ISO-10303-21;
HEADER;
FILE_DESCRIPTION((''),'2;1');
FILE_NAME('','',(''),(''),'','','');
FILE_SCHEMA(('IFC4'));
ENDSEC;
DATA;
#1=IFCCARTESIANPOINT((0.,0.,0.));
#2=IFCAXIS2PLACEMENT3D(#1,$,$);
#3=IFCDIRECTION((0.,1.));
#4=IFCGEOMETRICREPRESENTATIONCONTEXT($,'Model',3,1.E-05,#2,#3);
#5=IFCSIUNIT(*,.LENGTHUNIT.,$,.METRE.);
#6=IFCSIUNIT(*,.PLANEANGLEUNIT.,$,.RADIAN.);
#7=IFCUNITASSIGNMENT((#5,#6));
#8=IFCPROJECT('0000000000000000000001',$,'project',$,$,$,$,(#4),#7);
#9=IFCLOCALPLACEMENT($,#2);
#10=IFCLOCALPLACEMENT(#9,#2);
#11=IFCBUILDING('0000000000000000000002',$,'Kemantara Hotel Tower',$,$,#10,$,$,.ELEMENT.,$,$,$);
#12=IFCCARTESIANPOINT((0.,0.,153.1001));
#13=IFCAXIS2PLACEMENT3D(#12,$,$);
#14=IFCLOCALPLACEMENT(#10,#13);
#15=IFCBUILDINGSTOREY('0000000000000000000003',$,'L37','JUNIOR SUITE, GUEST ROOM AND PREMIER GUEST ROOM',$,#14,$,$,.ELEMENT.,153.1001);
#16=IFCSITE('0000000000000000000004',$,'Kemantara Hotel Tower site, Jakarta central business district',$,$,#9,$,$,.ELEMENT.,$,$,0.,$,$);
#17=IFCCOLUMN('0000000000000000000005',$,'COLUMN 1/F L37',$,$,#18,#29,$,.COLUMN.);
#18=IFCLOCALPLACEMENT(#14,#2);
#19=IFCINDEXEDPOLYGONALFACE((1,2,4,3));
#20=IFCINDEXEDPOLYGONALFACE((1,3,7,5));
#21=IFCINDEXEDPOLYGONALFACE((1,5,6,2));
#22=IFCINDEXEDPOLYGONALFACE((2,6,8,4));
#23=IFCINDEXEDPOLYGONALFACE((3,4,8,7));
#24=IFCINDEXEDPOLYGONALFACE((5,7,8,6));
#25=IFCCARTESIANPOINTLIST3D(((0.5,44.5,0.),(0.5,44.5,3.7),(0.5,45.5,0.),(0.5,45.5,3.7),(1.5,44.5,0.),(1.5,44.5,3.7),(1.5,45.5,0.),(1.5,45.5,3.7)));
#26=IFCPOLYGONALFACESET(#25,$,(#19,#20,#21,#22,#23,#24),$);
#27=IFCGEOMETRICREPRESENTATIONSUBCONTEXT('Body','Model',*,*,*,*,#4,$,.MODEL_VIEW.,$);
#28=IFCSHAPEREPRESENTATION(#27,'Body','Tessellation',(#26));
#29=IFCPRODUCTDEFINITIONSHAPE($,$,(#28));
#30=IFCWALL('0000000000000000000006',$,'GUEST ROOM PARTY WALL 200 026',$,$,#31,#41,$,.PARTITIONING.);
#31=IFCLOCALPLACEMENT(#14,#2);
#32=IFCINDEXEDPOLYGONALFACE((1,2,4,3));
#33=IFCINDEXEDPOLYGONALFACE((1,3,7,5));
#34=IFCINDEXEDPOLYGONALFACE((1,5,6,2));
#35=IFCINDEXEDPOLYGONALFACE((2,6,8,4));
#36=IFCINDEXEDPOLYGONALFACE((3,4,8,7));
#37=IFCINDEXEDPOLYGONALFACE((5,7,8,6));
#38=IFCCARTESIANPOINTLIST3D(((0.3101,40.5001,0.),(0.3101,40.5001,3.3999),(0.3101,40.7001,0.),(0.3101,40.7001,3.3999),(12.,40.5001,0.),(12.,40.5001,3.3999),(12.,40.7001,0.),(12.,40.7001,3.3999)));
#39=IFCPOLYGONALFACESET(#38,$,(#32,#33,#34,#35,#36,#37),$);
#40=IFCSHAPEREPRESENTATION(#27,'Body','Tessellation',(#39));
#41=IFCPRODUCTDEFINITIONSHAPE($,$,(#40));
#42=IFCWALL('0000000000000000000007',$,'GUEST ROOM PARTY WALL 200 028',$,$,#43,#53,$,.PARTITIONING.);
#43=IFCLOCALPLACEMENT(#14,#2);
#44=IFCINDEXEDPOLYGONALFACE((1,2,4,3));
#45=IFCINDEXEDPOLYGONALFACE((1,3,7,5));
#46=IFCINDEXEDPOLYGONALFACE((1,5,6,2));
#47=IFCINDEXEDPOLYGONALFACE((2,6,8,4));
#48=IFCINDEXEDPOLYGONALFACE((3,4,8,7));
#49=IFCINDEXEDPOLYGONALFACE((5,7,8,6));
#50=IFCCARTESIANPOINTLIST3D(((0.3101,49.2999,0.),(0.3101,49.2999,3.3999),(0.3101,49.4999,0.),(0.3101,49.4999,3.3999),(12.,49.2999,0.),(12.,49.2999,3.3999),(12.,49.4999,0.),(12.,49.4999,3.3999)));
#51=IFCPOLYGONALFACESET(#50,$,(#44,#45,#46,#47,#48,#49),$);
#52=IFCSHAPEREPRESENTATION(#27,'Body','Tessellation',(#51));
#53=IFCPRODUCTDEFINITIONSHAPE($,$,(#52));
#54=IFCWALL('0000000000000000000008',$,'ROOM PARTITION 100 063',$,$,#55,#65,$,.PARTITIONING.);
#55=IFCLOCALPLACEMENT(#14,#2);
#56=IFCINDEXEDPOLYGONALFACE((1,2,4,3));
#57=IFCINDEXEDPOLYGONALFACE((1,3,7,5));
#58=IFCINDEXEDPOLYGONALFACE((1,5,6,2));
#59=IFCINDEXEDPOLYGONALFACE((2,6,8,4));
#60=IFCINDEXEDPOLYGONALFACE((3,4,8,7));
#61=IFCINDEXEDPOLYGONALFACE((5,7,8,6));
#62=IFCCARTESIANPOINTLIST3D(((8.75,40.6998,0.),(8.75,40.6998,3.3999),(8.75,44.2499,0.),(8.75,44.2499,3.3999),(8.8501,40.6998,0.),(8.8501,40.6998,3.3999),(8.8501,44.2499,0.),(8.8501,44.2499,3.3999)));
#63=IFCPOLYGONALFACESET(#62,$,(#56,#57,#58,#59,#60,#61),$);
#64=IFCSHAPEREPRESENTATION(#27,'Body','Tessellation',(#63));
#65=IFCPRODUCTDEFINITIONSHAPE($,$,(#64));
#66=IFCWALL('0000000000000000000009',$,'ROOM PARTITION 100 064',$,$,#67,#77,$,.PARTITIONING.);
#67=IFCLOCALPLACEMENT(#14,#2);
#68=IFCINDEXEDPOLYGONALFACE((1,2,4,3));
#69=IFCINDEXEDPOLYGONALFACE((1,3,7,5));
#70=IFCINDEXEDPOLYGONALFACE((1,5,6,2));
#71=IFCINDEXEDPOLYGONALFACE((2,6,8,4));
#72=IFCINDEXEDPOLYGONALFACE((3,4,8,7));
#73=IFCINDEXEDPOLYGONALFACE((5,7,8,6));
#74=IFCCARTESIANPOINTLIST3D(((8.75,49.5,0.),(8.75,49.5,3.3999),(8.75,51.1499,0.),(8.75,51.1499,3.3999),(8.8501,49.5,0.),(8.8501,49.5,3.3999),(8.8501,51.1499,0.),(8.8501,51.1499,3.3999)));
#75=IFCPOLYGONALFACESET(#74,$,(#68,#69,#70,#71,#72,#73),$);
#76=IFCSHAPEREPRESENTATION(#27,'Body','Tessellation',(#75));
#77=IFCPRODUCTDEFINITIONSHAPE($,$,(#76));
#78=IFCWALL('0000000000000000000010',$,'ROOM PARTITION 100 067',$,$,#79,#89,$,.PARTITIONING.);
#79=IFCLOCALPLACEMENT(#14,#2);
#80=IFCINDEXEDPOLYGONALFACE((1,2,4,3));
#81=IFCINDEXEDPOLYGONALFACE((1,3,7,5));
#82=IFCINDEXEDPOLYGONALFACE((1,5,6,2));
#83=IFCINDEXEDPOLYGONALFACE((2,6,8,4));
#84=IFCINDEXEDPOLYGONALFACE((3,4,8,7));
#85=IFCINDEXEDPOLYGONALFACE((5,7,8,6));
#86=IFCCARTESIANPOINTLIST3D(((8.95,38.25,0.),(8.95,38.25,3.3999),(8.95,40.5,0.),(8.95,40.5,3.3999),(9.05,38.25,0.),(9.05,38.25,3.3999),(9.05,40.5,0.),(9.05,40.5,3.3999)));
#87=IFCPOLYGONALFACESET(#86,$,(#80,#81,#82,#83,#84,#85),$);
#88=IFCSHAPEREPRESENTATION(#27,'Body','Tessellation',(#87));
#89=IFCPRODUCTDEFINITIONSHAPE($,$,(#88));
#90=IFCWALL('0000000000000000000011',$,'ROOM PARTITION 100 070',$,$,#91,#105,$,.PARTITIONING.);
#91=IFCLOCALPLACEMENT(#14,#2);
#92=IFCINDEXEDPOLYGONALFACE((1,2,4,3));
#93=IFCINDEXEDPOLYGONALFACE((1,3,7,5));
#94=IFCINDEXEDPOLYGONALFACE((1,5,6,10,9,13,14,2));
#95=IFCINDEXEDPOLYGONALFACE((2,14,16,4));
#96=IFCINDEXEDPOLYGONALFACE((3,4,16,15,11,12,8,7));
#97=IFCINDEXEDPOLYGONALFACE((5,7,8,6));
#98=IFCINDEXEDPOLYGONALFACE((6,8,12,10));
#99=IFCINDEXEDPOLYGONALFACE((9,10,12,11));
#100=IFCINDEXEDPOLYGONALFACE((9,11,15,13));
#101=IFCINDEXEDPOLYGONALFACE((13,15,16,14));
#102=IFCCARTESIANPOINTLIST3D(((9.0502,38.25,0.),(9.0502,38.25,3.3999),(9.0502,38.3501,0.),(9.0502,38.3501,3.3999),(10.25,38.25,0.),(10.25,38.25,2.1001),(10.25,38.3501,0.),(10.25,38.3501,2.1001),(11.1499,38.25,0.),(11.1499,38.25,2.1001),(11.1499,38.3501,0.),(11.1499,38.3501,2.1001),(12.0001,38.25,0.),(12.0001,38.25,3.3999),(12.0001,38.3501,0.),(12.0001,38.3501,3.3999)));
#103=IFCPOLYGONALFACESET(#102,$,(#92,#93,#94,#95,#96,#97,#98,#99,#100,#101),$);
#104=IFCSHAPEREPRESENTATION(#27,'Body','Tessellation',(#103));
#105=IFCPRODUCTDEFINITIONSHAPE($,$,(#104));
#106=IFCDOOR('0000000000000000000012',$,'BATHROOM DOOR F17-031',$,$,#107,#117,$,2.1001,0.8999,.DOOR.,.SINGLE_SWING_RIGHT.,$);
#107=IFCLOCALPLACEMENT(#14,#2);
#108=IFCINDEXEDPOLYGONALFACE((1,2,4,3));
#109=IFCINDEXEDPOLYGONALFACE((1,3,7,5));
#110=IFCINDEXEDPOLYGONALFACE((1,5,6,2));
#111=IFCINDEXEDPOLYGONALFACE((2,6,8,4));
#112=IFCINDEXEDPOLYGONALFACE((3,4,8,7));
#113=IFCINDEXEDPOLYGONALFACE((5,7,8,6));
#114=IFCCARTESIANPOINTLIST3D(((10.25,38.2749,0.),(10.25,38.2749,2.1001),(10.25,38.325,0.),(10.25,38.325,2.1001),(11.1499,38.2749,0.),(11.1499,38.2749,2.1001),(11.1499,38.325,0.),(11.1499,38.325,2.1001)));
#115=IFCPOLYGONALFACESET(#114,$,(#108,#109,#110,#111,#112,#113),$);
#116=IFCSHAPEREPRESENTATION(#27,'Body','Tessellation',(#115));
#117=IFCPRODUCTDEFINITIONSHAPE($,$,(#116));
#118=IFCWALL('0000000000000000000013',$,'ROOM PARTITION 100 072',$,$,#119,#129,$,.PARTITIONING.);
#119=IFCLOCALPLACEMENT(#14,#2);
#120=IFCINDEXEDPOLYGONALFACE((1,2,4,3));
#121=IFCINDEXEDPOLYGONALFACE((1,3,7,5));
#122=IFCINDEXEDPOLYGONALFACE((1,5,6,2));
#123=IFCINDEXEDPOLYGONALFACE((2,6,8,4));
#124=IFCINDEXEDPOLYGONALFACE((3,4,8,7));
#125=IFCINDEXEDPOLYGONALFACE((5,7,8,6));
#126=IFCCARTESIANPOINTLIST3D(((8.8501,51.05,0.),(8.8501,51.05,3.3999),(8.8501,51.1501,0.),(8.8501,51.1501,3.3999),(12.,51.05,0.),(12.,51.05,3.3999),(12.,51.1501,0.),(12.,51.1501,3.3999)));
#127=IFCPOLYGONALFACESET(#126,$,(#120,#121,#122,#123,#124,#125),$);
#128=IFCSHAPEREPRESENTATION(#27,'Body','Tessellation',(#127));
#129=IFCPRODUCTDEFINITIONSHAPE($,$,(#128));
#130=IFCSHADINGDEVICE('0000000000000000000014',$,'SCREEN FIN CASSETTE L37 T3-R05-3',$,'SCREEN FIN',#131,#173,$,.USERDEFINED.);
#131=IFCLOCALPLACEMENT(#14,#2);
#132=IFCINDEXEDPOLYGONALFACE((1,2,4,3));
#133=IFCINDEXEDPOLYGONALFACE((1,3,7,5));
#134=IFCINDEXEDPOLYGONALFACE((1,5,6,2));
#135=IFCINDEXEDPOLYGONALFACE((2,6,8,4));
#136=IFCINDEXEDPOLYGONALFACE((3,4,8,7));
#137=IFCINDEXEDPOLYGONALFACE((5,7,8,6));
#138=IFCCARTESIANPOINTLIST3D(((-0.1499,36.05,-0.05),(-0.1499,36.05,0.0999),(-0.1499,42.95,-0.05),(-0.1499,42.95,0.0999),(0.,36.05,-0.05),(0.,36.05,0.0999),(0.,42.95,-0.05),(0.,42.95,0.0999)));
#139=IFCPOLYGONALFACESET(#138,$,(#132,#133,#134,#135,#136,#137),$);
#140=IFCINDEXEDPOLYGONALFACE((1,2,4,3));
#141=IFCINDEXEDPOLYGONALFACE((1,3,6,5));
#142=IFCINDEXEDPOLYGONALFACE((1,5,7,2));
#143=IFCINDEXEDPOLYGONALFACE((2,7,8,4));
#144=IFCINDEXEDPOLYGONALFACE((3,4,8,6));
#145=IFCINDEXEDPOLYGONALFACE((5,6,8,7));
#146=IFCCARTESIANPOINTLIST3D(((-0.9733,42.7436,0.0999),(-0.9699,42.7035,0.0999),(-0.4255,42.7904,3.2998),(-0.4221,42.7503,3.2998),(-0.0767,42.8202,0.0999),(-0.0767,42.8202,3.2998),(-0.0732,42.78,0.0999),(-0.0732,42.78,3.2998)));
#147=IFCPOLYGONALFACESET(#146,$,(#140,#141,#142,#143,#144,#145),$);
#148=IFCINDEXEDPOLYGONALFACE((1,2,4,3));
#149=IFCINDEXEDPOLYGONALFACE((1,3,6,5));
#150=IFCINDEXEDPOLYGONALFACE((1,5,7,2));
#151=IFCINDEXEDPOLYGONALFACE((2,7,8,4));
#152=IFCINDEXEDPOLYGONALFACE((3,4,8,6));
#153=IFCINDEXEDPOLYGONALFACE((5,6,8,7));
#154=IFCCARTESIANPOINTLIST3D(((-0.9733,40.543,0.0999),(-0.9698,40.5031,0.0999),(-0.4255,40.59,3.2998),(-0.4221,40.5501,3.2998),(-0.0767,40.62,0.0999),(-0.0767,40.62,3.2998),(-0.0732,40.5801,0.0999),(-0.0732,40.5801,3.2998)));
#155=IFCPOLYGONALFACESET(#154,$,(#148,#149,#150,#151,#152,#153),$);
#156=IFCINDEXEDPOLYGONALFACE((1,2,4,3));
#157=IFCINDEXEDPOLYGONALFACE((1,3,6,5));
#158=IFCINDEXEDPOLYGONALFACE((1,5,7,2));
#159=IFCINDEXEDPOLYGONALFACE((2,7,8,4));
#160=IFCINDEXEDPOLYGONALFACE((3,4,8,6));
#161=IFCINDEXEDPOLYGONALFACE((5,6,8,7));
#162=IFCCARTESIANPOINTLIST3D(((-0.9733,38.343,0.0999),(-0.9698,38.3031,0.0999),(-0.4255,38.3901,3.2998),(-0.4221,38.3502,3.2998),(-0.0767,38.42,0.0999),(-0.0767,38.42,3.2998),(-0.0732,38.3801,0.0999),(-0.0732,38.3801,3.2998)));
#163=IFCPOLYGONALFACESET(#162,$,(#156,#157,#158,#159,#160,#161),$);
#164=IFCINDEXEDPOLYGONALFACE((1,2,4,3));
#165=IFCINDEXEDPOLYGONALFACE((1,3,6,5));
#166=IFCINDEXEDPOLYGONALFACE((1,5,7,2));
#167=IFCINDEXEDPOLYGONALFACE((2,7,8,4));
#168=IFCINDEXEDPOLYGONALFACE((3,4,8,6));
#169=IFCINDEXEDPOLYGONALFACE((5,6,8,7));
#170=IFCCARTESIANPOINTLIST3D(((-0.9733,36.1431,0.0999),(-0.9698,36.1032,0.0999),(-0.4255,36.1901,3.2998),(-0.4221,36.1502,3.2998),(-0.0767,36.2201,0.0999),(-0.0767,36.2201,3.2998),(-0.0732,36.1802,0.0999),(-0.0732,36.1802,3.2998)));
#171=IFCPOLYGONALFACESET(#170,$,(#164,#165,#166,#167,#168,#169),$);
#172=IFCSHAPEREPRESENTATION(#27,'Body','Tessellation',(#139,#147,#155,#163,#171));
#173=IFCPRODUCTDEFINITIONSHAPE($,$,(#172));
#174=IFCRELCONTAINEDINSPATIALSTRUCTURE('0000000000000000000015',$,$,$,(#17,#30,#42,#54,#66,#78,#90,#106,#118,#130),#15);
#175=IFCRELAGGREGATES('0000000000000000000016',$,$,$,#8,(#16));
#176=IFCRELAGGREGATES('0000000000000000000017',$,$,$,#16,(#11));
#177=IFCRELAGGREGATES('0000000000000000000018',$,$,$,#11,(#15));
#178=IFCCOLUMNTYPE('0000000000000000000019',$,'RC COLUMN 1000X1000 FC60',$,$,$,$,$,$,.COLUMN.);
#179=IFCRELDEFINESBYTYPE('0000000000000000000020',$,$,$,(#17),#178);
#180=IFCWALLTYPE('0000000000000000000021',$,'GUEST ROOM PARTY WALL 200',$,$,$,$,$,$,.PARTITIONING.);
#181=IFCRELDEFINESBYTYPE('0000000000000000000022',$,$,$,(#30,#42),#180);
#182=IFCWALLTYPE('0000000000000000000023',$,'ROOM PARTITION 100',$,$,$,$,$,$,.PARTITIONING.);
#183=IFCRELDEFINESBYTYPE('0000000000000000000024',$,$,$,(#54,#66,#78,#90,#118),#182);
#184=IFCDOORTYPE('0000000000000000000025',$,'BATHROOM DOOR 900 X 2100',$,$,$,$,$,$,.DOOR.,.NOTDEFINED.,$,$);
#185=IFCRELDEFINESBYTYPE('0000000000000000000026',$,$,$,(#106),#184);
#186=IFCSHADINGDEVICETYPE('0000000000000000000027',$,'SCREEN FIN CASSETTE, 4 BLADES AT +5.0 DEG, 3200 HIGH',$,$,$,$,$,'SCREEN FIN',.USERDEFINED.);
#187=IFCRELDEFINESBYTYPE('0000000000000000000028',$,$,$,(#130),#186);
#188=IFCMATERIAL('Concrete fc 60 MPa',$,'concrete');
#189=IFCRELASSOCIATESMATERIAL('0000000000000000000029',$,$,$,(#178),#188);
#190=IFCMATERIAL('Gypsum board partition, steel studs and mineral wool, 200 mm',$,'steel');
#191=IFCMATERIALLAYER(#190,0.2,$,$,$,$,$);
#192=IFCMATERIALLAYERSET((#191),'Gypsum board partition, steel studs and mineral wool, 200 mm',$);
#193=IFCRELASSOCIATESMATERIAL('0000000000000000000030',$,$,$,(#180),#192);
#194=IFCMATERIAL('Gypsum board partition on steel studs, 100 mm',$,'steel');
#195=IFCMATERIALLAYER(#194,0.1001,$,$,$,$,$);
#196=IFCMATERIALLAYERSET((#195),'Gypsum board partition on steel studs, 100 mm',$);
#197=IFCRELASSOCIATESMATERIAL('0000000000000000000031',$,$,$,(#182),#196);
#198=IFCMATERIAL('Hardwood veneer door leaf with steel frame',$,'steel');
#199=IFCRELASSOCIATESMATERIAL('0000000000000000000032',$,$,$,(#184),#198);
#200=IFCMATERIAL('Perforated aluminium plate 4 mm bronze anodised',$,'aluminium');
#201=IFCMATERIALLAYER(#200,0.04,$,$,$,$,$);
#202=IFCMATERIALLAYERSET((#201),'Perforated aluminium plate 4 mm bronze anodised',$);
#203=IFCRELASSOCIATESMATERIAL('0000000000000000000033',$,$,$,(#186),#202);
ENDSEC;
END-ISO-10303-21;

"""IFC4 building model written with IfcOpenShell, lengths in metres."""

from ifc_helpers import new_model, si_unit, direction, frame, frame_2d, origin, origin_2d, place, context, subcontext, project, spatial, polyline, rectangle, outline, extrude, source, transform, mapped, material, layer, layer_set, material_profile, profile_set, type_object, element, fill, save


model = new_model("IFC4")

# Units and contexts
model_context = context("Model", 3, precision=1e-05, world=origin(), true_north=direction((0.0, 1.0)))
body_context = subcontext(model_context, "Body", "Model", "MODEL_VIEW")
ifc_project = project(units=[si_unit("LENGTHUNIT", "METRE"), si_unit("PLANEANGLEUNIT", "RADIAN")], contexts=[model_context])

# Site, building, storey
site_placement = place(None, origin())
site = spatial("IfcSite", under=ifc_project, at=site_placement, Name="Kemantara Hotel Tower site, Jakarta central business district", CompositionType="ELEMENT", RefElevation=0.0)
building_placement = place(site_placement, origin())
building = spatial("IfcBuilding", under=site, at=building_placement, Name="Kemantara Hotel Tower", CompositionType="ELEMENT")
storey_placement = place(building_placement, frame((0.0, 0.0, 153.1001)))
storey = spatial("IfcBuildingStorey", under=building, at=storey_placement, Name="L37", Description="JUNIOR SUITE, GUEST ROOM AND PREMIER GUEST ROOM", CompositionType="ELEMENT", Elevation=153.1001)

# Column
ifc_material_1 = material(Name="Concrete fc 60 MPa", Category="concrete")
ifc_material_profile = material_profile(ifc_material_1, rectangle(XDim=1.0, YDim=1.0, at=origin_2d()), Name="RC 1000X1000")
ifc_profile_set = profile_set([ifc_material_profile], Name="Concrete fc 60 MPa")
column_type = type_object("IfcColumnType", Name="RC COLUMN 1000X1000 FC60", PredefinedType="COLUMN", material=ifc_profile_set)
column_placement = place(storey_placement, frame((1.0, 45.0, 0.0), z_axis=(0.0, 0.0, 1.0), x_axis=(1.0, 0.0, 0.0)))
element("IfcColumn", 1, at=column_placement, inside=storey, type_object=column_type, Name="COLUMN 1/F L37", PredefinedType="COLUMN", context=body_context, shape_type="SweptSolid", body=[
    extrude(rectangle(XDim=1.0, YDim=1.0, at=origin_2d()), origin(), (0.0, 0.0, 1.0), 3.7),
])

# Walls
ifc_material_2 = material(Name="Gypsum board partition, steel studs and mineral wool, 200 mm", Category="steel")
ifc_layer_1 = layer(ifc_material_2, 0.2)
ifc_layer_set_1 = layer_set([ifc_layer_1], Name="Gypsum board partition, steel studs and mineral wool, 200 mm")
wall_type_1 = type_object("IfcWallType", Name="GUEST ROOM PARTY WALL 200", PredefinedType="PARTITIONING", material=ifc_layer_set_1)
for number, where, z_axis, x_axis, name in (
    (2, (0.3101, 40.6001, 0.0), (0.0, 0.0, 1.0), (1.0, 0.0, 0.0), "GUEST ROOM PARTY WALL 200 026"),
    (3, (0.3101, 49.3999, 0.0), (0.0, 0.0, 1.0), (1.0, 0.0, 0.0), "GUEST ROOM PARTY WALL 200 028"),
):
    element("IfcWall", number, at=place(storey_placement, frame(where, z_axis=z_axis, x_axis=x_axis)), inside=storey, type_object=wall_type_1, Name=name, PredefinedType="PARTITIONING", context=body_context, shape_type="SweptSolid", body=[
        extrude(rectangle(XDim=11.6899, YDim=0.2, at=frame_2d((5.845, 0.0))), origin(), (0.0, 0.0, 1.0), 3.3999),
    ])
ifc_material_3 = material(Name="Gypsum board partition on steel studs, 100 mm", Category="steel")
ifc_layer_2 = layer(ifc_material_3, 0.1001)
ifc_layer_set_2 = layer_set([ifc_layer_2], Name="Gypsum board partition on steel studs, 100 mm")
wall_type_2 = type_object("IfcWallType", Name="ROOM PARTITION 100", PredefinedType="PARTITIONING", material=ifc_layer_set_2)
wall_1_placement = place(storey_placement, frame((8.8, 40.7, 0.0), z_axis=(0.0, 0.0, 1.0), x_axis=(0.0, 1.0, 0.0)))
element("IfcWall", 4, at=wall_1_placement, inside=storey, type_object=wall_type_2, Name="ROOM PARTITION 100 063", PredefinedType="PARTITIONING", context=body_context, shape_type="SweptSolid", body=[
    extrude(rectangle(XDim=3.55, YDim=0.1001, at=frame_2d((1.7749, 0.0))), origin(), (0.0, 0.0, 1.0), 3.3999),
])
wall_2_placement = place(storey_placement, frame((8.8, 49.5, 0.0), z_axis=(0.0, 0.0, 1.0), x_axis=(0.0, 1.0, 0.0)))
element("IfcWall", 5, at=wall_2_placement, inside=storey, type_object=wall_type_2, Name="ROOM PARTITION 100 064", PredefinedType="PARTITIONING", context=body_context, shape_type="SweptSolid", body=[
    extrude(rectangle(XDim=1.6499, YDim=0.1001, at=frame_2d((0.825, 0.0))), origin(), (0.0, 0.0, 1.0), 3.3999),
])
wall_3_placement = place(storey_placement, frame((9.0, 38.25, 0.0), z_axis=(0.0, 0.0, 1.0), x_axis=(0.0, 1.0, 0.0)))
element("IfcWall", 6, at=wall_3_placement, inside=storey, type_object=wall_type_2, Name="ROOM PARTITION 100 067", PredefinedType="PARTITIONING", context=body_context, shape_type="SweptSolid", body=[
    extrude(rectangle(XDim=2.25, YDim=0.1001, at=frame_2d((1.125, 0.0))), origin(), (0.0, 0.0, 1.0), 3.3999),
])

# Wall, opening, door
wall_4_placement = place(storey_placement, frame((9.05, 38.3, 0.0), z_axis=(0.0, 0.0, 1.0), x_axis=(1.0, 0.0, 0.0)))
wall_4 = element("IfcWall", 7, at=wall_4_placement, inside=storey, type_object=wall_type_2, Name="ROOM PARTITION 100 070", PredefinedType="PARTITIONING", context=body_context, shape_type="SweptSolid", body=[
    extrude(rectangle(XDim=2.95, YDim=0.1001, at=frame_2d((1.4751, 0.0))), origin(), (0.0, 0.0, 1.0), 3.3999),
])
opening_placement = place(wall_4_placement, frame((1.2, 0.0, 0.0)))
opening = element("IfcOpeningElement", 8, at=opening_placement, cuts=wall_4, PredefinedType="OPENING", context=body_context, shape_type="SweptSolid", body=[
    extrude(rectangle(XDim=0.8999, YDim=2.1001, at=frame_2d((0.45, 1.05))), frame((0.0, 0.0601, 0.0), z_axis=(0.0, -1.0, 0.0), x_axis=(1.0, 0.0, 0.0)), (0.0, 0.0, 1.0), 0.1201),
])
ifc_material_4 = material(Name="Hardwood veneer door leaf with steel frame", Category="steel")
door_type = type_object("IfcDoorType", Name="BATHROOM DOOR 900 X 2100", OperationType="NOTDEFINED", PredefinedType="DOOR", material=ifc_material_4)
door_placement = place(opening_placement, origin())
door = element("IfcDoor", 9, at=door_placement, inside=storey, type_object=door_type, Name="BATHROOM DOOR F17-031", OperationType="SINGLE_SWING_RIGHT", OverallHeight=2.1001, OverallWidth=0.8999, PredefinedType="DOOR", context=body_context, shape_type="SweptSolid", body=[
    extrude(rectangle(XDim=0.8999, YDim=2.1001, at=frame_2d((0.45, 1.05))), frame((0.0, 0.0249, 0.0), z_axis=(0.0, -1.0, 0.0), x_axis=(1.0, 0.0, 0.0)), (0.0, 0.0, 1.0), 0.05),
])
fill(opening, door)

# Wall
wall_5_placement = place(storey_placement, frame((8.8501, 51.1001, 0.0), z_axis=(0.0, 0.0, 1.0), x_axis=(1.0, 0.0, 0.0)))
element("IfcWall", 10, at=wall_5_placement, inside=storey, type_object=wall_type_2, Name="ROOM PARTITION 100 072", PredefinedType="PARTITIONING", context=body_context, shape_type="SweptSolid", body=[
    extrude(rectangle(XDim=3.1499, YDim=0.1001, at=frame_2d((1.575, 0.0))), origin(), (0.0, 0.0, 1.0), 3.3999),
])

# Shading device
ifc_material_5 = material(Name="Perforated aluminium plate 4 mm bronze anodised", Category="aluminium")
ifc_layer_3 = layer(ifc_material_5, 0.04)
ifc_layer_set_3 = layer_set([ifc_layer_3], Name="Perforated aluminium plate 4 mm bronze anodised")
shading_device_type_1 = type_object("IfcShadingDeviceType", Name="SCREEN FIN CASSETTE, 4 BLADES AT +5.0 DEG, 3200 HIGH", ElementType="SCREEN FIN", PredefinedType="USERDEFINED", material=ifc_layer_set_3)
shared_shape_1 = source(origin(), body_context, "Body", "SweptSolid", [
    extrude(rectangle(XDim=6.8999, YDim=0.1499, at=origin_2d()), frame((3.3, -0.075, -0.1499), z_axis=(0.0, 0.0, 1.0), x_axis=(1.0, 0.0, 0.0)), (0.0, 0.0, 1.0), 0.1499),
    extrude(outline(polyline([(0.0, 0.0), (0.8999, 0.0), (0.3501, 3.2), (0.0, 3.2), (0.0, 0.0)])), frame((0.02, -0.0732, 0.0), z_axis=(-0.996376, -0.085056, 0.0), x_axis=(0.085056, -0.996376, 0.0)), (0.0, 0.0, 1.0), 0.0403),
    extrude(outline(polyline([(0.0, 0.0), (0.8999, 0.0), (0.3501, 3.2), (0.0, 3.2), (0.0, 0.0)])), frame((2.22, -0.0732, 0.0), z_axis=(-0.996332, -0.085575, 0.0), x_axis=(0.085575, -0.996332, 0.0)), (0.0, 0.0, 1.0), 0.04),
    extrude(outline(polyline([(0.0, 0.0), (0.8999, 0.0), (0.3501, 3.2), (0.0, 3.2), (0.0, 0.0)])), frame((4.4199, -0.0732, 0.0), z_axis=(-0.996332, -0.085575, 0.0), x_axis=(0.085575, -0.996332, 0.0)), (0.0, 0.0, 1.0), 0.04),
    extrude(outline(polyline([(0.0, 0.0), (0.8999, 0.0), (0.3501, 3.2), (0.0, 3.2), (0.0, 0.0)])), frame((6.6199, -0.0732, 0.0), z_axis=(-0.996332, -0.085575, 0.0), x_axis=(0.085575, -0.996332, 0.0)), (0.0, 0.0, 1.0), 0.04),
])
shading_device_1_placement = place(storey_placement, frame((0.0, 42.8, 0.0999), z_axis=(0.0, 0.0, 1.0), x_axis=(0.0, -1.0, 0.0)))
element("IfcShadingDevice", 11, at=shading_device_1_placement, inside=storey, type_object=shading_device_type_1, Name="SCREEN FIN CASSETTE L37 T3-R05-3", ObjectType="SCREEN FIN", PredefinedType="USERDEFINED", context=body_context, shape_type="MappedRepresentation", body=[
    mapped(shared_shape_1, transform((0.0, 0.0, 0.0))),
])

save(model, "model.ifc")
